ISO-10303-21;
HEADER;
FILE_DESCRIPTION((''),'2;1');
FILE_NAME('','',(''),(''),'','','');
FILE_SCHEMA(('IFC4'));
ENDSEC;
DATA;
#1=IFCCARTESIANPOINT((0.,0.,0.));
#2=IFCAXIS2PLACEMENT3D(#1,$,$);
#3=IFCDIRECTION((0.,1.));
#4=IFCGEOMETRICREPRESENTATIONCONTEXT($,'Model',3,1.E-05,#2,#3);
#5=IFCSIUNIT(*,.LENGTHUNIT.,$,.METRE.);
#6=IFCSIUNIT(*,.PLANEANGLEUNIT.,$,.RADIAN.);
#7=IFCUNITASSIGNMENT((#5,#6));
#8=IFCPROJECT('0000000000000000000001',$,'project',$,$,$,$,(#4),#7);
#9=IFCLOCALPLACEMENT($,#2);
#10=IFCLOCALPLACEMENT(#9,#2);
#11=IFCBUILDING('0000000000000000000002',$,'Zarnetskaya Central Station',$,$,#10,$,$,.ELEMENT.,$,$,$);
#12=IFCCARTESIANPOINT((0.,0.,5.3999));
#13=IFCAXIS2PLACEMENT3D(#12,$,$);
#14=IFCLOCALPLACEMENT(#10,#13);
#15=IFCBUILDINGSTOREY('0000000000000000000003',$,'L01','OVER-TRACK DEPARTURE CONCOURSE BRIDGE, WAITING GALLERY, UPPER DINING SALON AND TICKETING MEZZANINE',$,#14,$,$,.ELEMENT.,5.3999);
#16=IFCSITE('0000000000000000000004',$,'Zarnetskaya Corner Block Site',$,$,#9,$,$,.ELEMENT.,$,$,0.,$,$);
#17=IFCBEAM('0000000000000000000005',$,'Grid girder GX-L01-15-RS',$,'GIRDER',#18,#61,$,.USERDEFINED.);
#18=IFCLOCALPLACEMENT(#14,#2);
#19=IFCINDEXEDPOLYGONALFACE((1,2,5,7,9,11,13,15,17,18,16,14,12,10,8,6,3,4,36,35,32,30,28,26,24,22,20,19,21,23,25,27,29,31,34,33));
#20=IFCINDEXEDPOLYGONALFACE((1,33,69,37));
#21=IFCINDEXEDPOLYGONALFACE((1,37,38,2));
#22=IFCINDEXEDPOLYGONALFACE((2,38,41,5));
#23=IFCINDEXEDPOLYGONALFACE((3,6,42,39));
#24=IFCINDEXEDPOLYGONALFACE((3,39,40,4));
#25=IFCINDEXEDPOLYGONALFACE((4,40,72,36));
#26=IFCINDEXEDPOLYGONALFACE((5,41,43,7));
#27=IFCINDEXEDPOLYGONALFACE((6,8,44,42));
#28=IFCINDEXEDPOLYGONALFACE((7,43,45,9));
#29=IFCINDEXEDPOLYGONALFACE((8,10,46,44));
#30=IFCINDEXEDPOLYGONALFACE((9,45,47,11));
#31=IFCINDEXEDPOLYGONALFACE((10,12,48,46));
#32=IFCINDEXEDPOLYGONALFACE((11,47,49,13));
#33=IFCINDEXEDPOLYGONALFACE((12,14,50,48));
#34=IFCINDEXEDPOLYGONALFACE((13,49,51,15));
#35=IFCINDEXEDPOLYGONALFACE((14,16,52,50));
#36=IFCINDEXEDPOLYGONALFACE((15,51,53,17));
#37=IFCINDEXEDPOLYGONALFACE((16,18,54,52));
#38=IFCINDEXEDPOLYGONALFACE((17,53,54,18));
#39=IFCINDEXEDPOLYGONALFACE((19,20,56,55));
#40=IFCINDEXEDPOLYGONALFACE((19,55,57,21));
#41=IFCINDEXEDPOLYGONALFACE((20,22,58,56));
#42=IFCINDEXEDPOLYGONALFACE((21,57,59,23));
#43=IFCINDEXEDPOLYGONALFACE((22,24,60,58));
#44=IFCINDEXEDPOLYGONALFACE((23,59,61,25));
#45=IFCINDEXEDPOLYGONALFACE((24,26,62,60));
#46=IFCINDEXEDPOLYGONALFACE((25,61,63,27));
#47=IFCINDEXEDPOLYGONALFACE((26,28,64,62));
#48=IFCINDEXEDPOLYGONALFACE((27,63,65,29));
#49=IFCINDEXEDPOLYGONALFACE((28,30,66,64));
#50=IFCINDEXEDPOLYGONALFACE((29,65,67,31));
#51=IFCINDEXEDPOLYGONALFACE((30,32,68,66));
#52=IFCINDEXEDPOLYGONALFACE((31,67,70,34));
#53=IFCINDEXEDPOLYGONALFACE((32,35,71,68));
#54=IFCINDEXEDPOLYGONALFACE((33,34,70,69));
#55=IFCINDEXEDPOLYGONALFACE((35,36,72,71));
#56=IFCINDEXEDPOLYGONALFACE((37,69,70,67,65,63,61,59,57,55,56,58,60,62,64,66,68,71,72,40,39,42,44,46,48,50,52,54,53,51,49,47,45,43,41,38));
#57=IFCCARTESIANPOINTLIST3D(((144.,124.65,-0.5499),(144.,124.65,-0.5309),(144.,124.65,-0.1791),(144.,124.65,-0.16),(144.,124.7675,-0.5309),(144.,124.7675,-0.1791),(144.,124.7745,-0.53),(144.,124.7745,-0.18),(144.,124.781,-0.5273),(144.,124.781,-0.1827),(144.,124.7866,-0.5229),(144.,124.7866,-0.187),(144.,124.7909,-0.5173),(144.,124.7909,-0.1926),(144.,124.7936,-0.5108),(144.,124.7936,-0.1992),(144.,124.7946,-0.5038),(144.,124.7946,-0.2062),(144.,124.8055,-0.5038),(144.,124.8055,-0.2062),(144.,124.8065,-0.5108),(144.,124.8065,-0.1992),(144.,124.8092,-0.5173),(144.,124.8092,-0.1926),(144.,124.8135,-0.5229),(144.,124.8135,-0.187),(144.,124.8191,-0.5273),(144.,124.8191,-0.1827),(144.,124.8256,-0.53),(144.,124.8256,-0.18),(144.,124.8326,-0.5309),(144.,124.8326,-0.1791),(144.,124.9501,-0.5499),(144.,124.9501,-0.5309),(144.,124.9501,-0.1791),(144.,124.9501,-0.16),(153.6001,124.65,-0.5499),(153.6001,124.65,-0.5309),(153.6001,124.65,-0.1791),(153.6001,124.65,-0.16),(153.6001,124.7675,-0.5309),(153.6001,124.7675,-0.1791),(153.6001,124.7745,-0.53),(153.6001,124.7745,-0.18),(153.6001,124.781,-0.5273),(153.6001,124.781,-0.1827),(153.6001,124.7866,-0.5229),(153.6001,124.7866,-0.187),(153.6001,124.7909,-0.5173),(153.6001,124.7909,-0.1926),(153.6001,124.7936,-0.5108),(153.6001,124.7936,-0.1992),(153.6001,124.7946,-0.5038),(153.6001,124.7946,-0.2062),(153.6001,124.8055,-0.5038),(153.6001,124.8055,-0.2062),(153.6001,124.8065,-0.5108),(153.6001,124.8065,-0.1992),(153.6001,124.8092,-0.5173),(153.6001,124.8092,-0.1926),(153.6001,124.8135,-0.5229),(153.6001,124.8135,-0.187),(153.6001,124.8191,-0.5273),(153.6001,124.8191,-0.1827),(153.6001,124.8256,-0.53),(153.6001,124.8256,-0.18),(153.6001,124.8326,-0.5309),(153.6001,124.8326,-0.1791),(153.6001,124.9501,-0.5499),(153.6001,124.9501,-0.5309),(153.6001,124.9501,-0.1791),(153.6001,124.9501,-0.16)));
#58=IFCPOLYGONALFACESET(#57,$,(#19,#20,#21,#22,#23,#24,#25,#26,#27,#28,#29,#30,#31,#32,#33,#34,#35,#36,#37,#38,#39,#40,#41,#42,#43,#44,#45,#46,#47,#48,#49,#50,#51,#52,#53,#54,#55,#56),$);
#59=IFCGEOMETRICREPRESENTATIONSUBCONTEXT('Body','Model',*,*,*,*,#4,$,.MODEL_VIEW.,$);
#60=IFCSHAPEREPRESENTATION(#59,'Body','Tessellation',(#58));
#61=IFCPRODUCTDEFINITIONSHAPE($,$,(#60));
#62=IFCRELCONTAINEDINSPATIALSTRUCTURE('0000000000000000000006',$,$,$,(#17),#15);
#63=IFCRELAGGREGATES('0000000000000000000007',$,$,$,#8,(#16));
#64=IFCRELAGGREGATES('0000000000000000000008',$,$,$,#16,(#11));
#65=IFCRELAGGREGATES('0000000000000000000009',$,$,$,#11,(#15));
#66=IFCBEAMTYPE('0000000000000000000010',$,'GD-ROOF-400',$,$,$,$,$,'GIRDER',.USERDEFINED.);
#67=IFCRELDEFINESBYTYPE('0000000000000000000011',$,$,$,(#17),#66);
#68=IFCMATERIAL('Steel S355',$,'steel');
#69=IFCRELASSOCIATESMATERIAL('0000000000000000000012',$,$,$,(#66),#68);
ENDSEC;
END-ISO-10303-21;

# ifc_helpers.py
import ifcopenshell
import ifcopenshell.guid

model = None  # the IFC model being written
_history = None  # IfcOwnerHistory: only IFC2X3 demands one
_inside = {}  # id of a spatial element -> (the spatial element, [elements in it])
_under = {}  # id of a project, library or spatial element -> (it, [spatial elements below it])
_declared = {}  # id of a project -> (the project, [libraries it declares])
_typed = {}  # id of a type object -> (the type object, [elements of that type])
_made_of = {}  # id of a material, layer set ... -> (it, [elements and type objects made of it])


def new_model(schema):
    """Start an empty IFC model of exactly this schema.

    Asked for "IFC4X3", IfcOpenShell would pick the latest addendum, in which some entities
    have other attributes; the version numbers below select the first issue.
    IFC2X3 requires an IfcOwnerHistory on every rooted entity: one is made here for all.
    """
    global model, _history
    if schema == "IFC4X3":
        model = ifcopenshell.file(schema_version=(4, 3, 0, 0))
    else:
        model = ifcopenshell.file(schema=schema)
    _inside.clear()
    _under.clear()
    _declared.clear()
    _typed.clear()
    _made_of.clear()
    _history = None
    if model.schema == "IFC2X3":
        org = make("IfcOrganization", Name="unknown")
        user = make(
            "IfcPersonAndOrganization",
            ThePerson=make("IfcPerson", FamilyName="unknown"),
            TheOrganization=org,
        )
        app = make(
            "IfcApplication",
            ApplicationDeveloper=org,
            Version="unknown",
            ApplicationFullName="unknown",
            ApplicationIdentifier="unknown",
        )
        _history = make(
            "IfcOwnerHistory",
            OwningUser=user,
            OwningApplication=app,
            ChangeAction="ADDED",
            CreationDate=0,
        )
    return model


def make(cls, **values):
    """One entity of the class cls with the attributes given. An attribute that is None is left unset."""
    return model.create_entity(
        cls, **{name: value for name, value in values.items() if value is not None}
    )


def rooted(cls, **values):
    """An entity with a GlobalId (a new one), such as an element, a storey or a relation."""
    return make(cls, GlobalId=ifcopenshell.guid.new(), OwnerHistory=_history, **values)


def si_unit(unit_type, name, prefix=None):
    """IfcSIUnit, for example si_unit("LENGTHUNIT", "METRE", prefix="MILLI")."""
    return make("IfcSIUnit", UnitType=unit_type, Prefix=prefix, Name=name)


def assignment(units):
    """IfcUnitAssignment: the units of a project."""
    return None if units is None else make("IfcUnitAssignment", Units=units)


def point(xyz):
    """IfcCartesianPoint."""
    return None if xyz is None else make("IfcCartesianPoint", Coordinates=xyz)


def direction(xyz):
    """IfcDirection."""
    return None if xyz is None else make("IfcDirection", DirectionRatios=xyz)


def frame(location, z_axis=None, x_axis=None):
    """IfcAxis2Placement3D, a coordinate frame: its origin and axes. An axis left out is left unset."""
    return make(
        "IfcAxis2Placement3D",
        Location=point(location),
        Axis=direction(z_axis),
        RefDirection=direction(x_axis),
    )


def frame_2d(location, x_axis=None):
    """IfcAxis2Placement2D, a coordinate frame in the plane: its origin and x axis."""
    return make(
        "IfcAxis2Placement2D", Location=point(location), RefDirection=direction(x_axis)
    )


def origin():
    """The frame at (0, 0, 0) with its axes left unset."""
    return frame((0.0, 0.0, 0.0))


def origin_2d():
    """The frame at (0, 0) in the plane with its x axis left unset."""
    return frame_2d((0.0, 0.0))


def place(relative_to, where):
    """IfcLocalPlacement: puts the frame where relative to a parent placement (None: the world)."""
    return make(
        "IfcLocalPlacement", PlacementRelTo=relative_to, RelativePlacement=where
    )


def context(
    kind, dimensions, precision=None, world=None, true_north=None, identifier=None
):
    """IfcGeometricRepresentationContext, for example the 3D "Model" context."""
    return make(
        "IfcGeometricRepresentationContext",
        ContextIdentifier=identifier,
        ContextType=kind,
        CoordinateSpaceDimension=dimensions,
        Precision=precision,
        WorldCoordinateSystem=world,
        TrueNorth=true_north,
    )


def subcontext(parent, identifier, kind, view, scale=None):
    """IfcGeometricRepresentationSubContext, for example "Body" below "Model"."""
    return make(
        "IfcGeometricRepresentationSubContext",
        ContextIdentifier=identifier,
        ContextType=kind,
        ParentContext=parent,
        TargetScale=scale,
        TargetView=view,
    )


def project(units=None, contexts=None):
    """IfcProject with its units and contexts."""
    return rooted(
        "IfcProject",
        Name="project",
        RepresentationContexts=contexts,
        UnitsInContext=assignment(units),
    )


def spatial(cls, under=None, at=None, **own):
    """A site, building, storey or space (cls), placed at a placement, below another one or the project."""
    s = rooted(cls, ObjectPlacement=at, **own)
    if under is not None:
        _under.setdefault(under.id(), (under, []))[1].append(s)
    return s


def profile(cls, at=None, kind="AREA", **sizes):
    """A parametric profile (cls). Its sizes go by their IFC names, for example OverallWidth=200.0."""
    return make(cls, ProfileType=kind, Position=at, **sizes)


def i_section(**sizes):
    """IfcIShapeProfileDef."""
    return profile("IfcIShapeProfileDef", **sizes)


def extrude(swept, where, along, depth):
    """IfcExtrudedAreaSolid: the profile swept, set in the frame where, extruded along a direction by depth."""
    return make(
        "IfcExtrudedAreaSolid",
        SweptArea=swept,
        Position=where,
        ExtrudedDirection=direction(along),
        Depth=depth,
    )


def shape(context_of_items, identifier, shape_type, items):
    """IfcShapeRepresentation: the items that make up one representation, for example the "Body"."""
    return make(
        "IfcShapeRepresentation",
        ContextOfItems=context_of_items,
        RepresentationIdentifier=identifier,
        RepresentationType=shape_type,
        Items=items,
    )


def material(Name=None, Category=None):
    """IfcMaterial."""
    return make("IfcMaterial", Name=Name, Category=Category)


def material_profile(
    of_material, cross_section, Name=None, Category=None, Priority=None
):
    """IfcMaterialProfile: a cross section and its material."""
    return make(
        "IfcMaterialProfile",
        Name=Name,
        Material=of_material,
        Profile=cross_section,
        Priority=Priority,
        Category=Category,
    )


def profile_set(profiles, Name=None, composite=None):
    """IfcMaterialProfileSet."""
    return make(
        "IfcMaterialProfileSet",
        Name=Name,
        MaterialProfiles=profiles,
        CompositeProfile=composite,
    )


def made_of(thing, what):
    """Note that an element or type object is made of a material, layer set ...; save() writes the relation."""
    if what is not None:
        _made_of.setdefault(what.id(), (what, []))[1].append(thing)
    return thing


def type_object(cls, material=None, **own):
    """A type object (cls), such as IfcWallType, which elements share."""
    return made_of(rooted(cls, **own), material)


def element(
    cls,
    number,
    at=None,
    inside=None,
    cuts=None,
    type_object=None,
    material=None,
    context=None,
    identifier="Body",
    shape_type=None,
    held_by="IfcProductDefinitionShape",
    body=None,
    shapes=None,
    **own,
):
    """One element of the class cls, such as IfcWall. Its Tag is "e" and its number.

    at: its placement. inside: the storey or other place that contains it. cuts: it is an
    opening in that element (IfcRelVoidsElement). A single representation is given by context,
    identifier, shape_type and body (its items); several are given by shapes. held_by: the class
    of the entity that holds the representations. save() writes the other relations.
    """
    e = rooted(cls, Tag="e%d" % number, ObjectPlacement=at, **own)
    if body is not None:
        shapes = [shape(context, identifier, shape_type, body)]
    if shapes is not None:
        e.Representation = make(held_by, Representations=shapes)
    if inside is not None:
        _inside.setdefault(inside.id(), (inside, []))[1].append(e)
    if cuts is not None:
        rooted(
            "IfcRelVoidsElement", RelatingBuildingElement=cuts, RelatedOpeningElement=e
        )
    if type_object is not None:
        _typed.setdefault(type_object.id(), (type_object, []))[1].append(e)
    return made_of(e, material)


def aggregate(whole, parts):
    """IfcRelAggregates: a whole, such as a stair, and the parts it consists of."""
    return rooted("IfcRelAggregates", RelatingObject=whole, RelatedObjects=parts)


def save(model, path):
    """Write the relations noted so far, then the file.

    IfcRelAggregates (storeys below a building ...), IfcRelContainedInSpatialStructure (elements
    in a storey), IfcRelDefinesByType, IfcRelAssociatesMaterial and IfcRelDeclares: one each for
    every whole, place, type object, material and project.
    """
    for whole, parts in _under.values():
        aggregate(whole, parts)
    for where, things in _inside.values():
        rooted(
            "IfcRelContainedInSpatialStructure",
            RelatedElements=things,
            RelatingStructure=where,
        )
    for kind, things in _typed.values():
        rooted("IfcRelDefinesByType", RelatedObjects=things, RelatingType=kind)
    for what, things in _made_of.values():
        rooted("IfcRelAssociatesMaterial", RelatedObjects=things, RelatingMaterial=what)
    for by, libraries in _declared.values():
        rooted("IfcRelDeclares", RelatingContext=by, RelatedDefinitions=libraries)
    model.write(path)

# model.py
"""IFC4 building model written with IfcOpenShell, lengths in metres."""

from ifc_helpers import new_model, si_unit, direction, frame, origin, origin_2d, place, context, subcontext, project, spatial, i_section, extrude, material, material_profile, profile_set, type_object, element, save


model = new_model("IFC4")

# Units and contexts
model_context = context("Model", 3, precision=1e-05, world=origin(), true_north=direction((0.0, 1.0)))
body_context = subcontext(model_context, "Body", "Model", "MODEL_VIEW")
ifc_project = project(units=[si_unit("LENGTHUNIT", "METRE"), si_unit("PLANEANGLEUNIT", "RADIAN")], contexts=[model_context])

# Site, building, storey
site_placement = place(None, origin())
site = spatial("IfcSite", under=ifc_project, at=site_placement, Name="Zarnetskaya Corner Block Site", CompositionType="ELEMENT", RefElevation=0.0)
building_placement = place(site_placement, origin())
building = spatial("IfcBuilding", under=site, at=building_placement, Name="Zarnetskaya Central Station", CompositionType="ELEMENT")
storey_placement = place(building_placement, frame((0.0, 0.0, 5.3999)))
storey = spatial("IfcBuildingStorey", under=building, at=storey_placement, Name="L01", Description="OVER-TRACK DEPARTURE CONCOURSE BRIDGE, WAITING GALLERY, UPPER DINING SALON AND TICKETING MEZZANINE", CompositionType="ELEMENT", Elevation=5.3999)

# Shared definitions
ifc_material = material(Name="Steel S355", Category="steel")

# Beam
ifc_material_profile_1 = material_profile(ifc_material, i_section(OverallWidth=0.3, OverallDepth=0.3899, WebThickness=0.011, FlangeThickness=0.019, FilletRadius=0.0271, at=origin_2d()), Name="HEA 400")
ifc_profile_set_1 = profile_set([ifc_material_profile_1], Name="Steel S355")
beam_type_1 = type_object("IfcBeamType", Name="GD-ROOF-400", ElementType="GIRDER", PredefinedType="USERDEFINED", material=ifc_profile_set_1)
for number, where, z_axis, x_axis, name in (
    (1, (144.0, 124.8, -0.355), (1.0, 0.0, 0.0), (0.0, 1.0, 0.0), "Grid girder GX-L01-15-RS"),
):
    element("IfcBeam", number, at=place(storey_placement, frame(where, z_axis=z_axis, x_axis=x_axis)), inside=storey, type_object=beam_type_1, Name=name, ObjectType="GIRDER", PredefinedType="USERDEFINED", context=body_context, shape_type="SweptSolid", body=[
        extrude(i_section(OverallWidth=0.3, OverallDepth=0.3899, WebThickness=0.011, FlangeThickness=0.019, FilletRadius=0.0271, at=origin_2d()), origin(), (0.0, 0.0, 1.0), 9.6001),
    ])

save(model, "model.ifc")
